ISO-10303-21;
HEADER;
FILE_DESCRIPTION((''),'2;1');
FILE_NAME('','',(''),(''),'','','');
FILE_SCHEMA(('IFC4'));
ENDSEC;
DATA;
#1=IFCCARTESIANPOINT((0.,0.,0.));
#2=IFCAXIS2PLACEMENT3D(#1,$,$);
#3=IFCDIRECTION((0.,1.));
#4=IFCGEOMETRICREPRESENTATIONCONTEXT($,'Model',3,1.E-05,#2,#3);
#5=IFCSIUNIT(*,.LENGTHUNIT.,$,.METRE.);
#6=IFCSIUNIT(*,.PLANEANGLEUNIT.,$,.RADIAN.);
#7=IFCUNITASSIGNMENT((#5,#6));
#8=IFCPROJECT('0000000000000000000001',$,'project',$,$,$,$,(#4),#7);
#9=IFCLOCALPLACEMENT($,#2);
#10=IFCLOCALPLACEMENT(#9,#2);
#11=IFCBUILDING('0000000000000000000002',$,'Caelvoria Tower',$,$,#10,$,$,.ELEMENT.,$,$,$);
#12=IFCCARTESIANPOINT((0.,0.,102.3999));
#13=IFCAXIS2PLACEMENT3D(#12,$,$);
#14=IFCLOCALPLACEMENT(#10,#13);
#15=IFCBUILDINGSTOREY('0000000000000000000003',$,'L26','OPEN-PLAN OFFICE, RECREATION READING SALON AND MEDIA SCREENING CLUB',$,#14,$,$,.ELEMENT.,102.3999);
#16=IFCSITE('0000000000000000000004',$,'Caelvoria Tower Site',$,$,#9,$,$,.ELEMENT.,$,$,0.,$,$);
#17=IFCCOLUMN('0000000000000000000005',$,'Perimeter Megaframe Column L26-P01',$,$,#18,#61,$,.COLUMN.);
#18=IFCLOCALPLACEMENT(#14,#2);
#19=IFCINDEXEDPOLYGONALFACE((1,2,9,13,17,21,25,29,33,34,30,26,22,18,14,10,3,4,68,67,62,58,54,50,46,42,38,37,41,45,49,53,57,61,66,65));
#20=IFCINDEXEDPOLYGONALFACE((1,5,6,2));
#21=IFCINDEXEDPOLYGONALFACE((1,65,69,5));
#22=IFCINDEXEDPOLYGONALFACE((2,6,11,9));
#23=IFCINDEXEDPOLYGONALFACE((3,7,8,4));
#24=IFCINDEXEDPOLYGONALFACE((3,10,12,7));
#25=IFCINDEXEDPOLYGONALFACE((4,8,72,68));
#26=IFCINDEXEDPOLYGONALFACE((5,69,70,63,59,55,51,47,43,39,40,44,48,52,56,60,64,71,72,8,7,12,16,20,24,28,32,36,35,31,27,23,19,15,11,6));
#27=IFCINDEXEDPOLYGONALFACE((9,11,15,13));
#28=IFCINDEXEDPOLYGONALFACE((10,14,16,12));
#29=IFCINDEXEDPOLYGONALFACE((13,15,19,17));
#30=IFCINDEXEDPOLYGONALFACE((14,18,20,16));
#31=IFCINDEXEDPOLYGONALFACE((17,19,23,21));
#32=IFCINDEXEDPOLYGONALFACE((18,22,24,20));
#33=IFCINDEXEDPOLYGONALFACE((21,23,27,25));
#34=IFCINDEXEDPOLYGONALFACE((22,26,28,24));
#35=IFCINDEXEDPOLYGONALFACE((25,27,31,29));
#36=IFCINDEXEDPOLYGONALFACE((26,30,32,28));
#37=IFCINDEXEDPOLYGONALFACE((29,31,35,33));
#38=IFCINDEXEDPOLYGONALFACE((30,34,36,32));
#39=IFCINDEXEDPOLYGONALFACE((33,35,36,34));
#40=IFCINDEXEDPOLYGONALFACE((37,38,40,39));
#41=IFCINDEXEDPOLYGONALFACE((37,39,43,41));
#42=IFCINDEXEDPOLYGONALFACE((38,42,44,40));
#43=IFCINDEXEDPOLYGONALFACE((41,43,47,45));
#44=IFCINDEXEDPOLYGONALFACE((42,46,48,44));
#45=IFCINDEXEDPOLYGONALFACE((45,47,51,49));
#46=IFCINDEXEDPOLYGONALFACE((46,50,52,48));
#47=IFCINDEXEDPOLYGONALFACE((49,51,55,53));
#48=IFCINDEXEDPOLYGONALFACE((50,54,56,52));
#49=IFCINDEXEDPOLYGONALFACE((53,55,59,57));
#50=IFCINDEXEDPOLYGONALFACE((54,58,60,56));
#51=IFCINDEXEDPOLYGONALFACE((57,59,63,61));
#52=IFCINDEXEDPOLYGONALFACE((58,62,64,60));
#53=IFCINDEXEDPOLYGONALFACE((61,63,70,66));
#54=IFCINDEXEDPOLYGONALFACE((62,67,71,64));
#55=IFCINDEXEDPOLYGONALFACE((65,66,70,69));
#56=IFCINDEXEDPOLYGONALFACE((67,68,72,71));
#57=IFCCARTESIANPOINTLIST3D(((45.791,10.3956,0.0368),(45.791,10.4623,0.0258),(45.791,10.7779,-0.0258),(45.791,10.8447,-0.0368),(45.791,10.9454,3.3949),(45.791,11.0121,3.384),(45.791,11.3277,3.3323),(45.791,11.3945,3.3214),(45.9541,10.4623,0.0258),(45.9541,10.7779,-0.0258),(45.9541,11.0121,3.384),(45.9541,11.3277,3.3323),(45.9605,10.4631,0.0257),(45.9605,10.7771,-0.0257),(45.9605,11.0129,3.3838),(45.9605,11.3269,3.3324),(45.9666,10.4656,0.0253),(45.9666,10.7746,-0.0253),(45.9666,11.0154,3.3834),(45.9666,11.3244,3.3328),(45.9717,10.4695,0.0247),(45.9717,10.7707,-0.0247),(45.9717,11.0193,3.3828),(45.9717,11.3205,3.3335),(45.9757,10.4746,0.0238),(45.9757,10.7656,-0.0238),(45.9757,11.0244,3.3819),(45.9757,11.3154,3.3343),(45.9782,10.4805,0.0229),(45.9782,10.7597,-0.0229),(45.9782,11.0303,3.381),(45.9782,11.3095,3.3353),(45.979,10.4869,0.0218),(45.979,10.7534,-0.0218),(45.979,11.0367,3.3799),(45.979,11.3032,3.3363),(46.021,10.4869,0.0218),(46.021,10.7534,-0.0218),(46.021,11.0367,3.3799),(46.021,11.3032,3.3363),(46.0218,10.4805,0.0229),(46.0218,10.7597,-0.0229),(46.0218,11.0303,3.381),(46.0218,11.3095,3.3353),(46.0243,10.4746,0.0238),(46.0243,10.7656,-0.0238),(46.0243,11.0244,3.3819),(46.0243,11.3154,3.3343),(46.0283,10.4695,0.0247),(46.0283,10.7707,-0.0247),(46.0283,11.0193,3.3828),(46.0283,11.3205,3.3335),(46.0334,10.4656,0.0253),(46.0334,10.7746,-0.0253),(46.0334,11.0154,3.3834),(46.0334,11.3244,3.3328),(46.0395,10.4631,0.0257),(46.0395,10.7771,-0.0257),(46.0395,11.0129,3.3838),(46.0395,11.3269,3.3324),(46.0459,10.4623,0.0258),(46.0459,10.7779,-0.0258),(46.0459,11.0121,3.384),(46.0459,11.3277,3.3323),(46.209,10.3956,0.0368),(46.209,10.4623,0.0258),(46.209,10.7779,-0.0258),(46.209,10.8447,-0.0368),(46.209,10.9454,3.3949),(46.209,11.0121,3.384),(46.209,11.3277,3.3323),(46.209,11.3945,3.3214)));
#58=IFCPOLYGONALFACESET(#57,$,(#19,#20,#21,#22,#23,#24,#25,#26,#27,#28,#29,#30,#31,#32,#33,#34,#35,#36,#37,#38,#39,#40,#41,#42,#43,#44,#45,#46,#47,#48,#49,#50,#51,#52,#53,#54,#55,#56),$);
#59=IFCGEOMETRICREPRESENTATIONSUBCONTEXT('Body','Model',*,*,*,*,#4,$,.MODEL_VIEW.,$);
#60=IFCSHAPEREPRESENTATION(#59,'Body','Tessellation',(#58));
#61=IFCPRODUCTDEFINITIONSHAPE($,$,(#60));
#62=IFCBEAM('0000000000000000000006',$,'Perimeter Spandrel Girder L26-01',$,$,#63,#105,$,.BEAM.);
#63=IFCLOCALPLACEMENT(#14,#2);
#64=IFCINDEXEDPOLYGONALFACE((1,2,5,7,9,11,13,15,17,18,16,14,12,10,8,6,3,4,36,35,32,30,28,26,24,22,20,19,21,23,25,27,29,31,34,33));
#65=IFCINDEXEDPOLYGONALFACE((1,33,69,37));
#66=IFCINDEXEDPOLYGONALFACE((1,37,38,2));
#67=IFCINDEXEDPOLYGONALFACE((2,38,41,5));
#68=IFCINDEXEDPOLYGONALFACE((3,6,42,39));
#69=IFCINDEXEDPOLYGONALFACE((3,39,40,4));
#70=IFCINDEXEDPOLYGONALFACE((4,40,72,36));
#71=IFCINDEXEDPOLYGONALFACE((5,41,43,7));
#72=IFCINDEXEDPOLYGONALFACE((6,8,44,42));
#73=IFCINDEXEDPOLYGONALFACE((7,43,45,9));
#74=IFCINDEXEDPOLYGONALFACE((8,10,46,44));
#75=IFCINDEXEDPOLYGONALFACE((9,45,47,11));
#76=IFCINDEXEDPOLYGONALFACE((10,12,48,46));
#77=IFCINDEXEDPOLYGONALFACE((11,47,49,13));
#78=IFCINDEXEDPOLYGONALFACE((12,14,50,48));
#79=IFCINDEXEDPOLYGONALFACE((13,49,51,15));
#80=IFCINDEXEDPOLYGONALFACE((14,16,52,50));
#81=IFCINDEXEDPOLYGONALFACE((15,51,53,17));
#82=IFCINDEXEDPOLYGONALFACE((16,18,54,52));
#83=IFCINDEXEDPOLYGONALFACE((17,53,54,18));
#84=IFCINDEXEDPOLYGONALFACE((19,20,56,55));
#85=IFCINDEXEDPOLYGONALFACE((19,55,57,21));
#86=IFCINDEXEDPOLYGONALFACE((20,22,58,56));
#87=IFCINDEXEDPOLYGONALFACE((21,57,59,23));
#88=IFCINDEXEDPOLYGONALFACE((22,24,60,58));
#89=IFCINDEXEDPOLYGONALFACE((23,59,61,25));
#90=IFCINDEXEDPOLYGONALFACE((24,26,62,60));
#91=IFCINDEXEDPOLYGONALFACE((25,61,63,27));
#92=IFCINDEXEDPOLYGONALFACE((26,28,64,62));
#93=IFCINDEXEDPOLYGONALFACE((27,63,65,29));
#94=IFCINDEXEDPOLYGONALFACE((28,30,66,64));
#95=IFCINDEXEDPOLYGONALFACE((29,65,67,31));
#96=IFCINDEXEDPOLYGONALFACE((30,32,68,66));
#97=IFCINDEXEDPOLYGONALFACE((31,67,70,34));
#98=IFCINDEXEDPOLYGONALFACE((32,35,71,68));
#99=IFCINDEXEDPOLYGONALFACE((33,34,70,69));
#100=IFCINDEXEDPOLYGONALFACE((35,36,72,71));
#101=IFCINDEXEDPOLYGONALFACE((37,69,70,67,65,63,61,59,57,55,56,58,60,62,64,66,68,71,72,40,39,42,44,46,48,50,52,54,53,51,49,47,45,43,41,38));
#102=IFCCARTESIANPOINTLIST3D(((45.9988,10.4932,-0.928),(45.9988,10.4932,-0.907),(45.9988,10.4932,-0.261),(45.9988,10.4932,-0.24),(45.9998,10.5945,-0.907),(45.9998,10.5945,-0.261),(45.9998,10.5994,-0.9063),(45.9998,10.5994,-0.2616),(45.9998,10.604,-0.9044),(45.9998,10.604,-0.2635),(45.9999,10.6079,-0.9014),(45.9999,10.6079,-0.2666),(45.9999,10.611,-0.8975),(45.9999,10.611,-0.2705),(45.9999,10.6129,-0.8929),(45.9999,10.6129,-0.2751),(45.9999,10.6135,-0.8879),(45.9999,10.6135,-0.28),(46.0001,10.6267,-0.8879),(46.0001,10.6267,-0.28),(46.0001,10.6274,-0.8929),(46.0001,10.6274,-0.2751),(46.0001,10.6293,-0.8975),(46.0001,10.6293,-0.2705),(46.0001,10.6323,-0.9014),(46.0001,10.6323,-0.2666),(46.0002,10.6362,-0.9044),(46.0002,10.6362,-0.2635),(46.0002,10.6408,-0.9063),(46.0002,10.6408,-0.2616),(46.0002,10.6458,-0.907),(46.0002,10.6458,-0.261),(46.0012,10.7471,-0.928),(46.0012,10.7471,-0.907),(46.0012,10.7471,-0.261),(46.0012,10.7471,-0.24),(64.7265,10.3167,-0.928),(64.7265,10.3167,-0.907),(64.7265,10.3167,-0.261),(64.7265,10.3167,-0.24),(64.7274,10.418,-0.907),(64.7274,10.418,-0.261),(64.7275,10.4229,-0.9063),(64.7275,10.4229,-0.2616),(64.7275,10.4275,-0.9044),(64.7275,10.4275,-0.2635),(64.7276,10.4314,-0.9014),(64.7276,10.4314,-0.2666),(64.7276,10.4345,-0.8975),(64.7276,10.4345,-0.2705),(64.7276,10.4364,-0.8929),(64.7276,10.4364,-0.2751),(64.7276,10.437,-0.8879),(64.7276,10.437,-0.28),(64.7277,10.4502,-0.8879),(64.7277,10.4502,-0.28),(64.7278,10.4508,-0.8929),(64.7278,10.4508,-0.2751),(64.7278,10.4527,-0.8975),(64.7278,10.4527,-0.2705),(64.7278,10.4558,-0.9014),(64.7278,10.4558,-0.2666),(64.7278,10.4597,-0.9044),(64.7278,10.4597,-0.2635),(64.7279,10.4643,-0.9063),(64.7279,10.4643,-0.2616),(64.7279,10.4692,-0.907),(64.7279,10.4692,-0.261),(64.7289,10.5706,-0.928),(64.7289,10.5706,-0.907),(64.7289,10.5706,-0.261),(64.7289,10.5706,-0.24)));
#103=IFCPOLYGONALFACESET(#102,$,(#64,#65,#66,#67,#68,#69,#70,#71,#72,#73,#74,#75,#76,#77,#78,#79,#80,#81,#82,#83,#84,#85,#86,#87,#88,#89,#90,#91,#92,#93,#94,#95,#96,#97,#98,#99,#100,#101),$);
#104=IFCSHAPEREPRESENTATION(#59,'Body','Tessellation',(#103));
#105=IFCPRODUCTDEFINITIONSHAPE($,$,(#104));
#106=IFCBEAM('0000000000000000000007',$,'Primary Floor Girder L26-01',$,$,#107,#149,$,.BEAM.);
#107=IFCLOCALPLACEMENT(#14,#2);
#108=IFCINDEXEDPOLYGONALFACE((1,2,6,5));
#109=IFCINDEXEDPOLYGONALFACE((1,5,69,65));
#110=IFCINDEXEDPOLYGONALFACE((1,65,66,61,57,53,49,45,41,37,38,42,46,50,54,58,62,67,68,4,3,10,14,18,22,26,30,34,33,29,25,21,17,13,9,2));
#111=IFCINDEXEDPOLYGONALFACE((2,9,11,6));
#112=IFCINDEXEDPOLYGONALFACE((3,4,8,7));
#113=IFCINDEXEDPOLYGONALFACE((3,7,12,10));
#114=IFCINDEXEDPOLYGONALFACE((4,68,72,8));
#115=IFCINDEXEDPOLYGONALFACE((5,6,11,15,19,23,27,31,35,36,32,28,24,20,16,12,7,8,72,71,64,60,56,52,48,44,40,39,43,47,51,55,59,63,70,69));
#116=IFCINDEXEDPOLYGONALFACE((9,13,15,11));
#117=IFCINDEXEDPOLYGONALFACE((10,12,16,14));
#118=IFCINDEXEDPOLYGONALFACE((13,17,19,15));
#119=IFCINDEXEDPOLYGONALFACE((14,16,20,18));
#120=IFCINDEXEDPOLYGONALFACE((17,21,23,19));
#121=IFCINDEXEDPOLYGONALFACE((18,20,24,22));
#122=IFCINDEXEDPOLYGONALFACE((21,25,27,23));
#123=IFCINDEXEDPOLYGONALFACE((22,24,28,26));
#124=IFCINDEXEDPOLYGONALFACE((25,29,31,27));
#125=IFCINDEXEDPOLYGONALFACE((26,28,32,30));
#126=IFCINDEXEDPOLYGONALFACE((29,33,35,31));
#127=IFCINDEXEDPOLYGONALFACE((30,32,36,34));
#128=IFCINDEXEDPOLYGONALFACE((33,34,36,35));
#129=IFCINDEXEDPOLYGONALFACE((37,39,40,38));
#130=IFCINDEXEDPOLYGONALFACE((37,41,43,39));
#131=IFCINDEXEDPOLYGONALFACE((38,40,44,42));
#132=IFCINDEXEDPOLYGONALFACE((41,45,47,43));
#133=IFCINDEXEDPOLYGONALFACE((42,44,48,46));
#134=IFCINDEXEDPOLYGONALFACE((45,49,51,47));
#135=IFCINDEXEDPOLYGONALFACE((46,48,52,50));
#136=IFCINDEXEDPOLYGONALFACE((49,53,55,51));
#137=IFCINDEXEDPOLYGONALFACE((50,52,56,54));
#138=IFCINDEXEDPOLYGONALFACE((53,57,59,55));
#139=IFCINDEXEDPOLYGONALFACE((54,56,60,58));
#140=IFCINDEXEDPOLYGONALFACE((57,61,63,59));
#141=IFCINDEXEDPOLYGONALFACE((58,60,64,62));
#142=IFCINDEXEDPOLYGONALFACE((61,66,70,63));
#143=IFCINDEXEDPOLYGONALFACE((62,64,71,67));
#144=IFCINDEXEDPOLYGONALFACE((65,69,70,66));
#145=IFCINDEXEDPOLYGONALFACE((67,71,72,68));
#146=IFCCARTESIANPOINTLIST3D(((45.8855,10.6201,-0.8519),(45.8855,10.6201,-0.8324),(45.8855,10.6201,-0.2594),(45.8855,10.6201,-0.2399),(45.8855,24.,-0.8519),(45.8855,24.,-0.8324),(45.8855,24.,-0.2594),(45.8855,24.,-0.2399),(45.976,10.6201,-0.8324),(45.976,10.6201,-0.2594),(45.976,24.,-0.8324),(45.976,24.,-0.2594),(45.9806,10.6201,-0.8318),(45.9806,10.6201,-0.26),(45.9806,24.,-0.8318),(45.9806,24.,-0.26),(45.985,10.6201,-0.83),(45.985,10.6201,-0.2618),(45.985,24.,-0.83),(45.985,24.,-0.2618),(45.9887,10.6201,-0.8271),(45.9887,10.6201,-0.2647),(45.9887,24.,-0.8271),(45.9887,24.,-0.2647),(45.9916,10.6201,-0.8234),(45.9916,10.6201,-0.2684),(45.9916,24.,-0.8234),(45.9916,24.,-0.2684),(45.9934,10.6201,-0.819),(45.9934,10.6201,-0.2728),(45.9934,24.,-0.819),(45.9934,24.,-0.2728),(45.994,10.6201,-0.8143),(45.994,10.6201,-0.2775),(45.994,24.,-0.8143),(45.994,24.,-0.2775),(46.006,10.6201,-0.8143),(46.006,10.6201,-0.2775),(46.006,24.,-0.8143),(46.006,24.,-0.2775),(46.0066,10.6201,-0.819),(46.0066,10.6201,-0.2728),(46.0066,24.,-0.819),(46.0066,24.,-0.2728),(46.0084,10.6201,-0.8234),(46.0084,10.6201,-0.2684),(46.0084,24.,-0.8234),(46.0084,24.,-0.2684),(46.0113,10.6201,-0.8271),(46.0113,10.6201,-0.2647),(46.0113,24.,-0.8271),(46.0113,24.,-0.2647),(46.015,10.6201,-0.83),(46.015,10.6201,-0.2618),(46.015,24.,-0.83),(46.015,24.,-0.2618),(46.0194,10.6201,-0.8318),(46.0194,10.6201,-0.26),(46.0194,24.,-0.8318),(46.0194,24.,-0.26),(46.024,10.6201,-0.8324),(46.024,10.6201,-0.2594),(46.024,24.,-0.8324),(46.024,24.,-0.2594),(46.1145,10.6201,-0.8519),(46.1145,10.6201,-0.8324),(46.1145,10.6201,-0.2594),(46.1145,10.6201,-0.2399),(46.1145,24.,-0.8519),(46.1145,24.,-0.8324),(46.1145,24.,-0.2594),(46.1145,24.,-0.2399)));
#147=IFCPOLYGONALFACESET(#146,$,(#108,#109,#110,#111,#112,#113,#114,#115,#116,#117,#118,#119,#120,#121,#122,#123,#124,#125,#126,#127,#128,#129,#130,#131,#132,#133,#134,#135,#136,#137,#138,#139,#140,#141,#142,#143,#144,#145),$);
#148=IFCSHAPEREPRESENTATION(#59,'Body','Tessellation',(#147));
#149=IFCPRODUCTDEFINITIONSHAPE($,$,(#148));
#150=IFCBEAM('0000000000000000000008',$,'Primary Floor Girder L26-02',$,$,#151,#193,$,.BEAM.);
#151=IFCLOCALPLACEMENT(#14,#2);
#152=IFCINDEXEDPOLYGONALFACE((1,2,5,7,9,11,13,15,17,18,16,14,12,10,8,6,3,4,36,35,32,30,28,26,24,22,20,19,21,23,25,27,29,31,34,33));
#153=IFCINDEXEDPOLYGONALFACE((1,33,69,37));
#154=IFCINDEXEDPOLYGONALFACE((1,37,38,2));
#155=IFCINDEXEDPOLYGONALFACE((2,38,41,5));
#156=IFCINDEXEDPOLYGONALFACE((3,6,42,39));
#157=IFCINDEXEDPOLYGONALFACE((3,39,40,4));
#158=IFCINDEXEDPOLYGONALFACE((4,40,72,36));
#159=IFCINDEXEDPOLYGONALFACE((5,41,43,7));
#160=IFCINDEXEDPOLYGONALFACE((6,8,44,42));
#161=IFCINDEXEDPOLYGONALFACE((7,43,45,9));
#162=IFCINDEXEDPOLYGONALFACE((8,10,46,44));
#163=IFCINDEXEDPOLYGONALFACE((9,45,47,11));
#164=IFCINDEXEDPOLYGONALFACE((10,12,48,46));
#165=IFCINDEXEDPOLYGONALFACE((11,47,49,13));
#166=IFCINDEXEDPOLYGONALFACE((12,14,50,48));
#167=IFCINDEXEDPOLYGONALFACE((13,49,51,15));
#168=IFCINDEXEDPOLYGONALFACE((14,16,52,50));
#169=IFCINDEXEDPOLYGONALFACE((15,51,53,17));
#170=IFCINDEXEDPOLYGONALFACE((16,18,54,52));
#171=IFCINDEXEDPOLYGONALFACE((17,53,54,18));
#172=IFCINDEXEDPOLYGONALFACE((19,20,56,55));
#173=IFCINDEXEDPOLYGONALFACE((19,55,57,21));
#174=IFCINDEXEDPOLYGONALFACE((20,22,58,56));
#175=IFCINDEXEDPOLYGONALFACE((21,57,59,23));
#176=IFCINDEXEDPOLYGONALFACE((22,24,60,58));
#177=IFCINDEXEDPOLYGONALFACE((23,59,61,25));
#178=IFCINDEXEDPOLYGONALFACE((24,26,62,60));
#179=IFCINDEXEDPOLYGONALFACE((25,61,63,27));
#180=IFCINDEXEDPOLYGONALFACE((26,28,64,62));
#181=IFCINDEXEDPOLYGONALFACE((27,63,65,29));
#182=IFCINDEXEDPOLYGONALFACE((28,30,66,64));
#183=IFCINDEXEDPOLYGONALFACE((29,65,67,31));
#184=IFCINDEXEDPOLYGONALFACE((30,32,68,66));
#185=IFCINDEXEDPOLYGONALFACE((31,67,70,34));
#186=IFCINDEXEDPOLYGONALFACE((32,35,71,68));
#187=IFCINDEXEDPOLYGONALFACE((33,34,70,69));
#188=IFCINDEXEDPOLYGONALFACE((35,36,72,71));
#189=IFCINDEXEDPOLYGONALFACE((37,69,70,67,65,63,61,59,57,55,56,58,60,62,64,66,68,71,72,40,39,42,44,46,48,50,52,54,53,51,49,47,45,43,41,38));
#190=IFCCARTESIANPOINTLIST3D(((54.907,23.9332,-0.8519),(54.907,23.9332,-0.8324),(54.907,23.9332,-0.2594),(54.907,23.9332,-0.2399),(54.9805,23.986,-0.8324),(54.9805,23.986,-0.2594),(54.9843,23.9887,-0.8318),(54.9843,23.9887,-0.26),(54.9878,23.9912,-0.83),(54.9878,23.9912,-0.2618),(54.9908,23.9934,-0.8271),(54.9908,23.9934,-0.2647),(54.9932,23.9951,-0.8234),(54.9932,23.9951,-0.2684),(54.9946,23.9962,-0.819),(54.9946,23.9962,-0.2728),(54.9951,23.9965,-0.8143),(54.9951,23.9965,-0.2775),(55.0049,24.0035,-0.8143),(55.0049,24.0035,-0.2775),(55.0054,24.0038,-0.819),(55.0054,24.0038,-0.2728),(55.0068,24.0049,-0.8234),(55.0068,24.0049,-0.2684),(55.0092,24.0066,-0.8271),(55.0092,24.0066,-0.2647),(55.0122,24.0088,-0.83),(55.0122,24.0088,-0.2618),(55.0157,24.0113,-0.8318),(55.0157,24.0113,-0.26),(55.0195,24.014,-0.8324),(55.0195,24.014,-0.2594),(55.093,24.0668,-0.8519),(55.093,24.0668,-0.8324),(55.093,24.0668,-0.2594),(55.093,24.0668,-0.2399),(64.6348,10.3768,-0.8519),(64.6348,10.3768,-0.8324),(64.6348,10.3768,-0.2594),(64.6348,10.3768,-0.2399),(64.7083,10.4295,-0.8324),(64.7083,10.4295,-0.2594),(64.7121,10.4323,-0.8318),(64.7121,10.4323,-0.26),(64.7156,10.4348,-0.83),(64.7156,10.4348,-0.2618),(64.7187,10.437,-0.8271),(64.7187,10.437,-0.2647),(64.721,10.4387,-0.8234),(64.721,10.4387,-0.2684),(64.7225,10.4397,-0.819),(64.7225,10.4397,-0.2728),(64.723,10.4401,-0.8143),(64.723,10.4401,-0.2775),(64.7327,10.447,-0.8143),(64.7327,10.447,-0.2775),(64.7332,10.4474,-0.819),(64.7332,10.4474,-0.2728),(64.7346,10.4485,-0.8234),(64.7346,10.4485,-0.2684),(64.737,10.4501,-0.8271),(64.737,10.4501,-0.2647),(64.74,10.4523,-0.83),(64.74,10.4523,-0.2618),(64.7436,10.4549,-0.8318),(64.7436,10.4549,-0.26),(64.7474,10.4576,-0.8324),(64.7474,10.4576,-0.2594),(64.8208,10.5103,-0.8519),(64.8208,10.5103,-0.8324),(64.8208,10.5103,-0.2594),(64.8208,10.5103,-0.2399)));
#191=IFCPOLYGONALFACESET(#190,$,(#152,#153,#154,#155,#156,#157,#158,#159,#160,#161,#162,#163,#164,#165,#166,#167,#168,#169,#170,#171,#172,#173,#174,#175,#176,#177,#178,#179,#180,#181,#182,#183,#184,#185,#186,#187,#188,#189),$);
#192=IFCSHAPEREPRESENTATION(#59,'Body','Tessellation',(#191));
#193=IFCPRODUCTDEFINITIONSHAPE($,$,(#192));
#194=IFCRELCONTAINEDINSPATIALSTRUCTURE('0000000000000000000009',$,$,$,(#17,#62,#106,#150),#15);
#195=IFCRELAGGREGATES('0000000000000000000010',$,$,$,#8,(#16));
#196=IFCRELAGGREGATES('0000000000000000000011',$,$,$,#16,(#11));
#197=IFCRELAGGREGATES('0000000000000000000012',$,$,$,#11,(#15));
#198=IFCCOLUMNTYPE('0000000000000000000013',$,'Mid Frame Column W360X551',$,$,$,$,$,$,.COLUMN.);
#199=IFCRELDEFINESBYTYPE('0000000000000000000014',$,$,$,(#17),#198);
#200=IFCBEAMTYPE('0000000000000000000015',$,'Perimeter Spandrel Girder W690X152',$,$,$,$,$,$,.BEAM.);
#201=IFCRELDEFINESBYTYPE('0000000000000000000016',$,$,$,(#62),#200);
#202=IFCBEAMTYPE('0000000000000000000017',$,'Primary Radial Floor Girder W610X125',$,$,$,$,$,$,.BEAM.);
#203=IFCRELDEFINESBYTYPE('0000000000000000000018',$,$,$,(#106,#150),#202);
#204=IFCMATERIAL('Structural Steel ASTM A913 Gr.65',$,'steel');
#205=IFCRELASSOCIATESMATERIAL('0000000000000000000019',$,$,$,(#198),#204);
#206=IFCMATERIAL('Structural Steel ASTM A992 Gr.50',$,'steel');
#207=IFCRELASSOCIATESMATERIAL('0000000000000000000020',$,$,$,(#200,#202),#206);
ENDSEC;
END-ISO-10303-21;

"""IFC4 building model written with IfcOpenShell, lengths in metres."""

from ifc_helpers import new_model, si_unit, direction, frame, origin, origin_2d, place, context, subcontext, project, spatial, i_section, extrude, material, material_profile, profile_set, type_object, element, save


model = new_model("IFC4")

# Units and contexts
model_context = context("Model", 3, precision=1e-05, world=origin(), true_north=direction((0.0, 1.0)))
body_context = subcontext(model_context, "Body", "Model", "MODEL_VIEW")
ifc_project = project(units=[si_unit("LENGTHUNIT", "METRE"), si_unit("PLANEANGLEUNIT", "RADIAN")], contexts=[model_context])

# Site, building, storey
site_placement = place(None, origin())
site = spatial("IfcSite", under=ifc_project, at=site_placement, Name="Caelvoria Tower Site", CompositionType="ELEMENT", RefElevation=0.0)
building_placement = place(site_placement, origin())
building = spatial("IfcBuilding", under=site, at=building_placement, Name="Caelvoria Tower", CompositionType="ELEMENT")
storey_placement = place(building_placement, frame((0.0, 0.0, 102.3999)))
storey = spatial("IfcBuildingStorey", under=building, at=storey_placement, Name="L26", Description="OPEN-PLAN OFFICE, RECREATION READING SALON AND MEDIA SCREENING CLUB", CompositionType="ELEMENT", Elevation=102.3999)

# Column
ifc_material_1 = material(Name="Structural Steel ASTM A913 Gr.65", Category="steel")
ifc_material_profile_1 = material_profile(ifc_material_1, i_section(OverallWidth=0.418, OverallDepth=0.4551, WebThickness=0.042, FlangeThickness=0.0676, FilletRadius=0.0249, at=origin_2d()), Name="Structural Steel ASTM A913 Gr.65")
ifc_profile_set_1 = profile_set([ifc_material_profile_1], Name="W360X551 - Structural Steel ASTM A913 Gr.65")
column_type = type_object("IfcColumnType", Name="Mid Frame Column W360X551", PredefinedType="COLUMN", material=ifc_profile_set_1)
column_placement = place(storey_placement, frame((46.0, 10.6201, 0.0), z_axis=(0.0, 0.161571, 0.986861), x_axis=(-1.0, 0.0, 0.0)))
element("IfcColumn", 1, at=column_placement, inside=storey, type_object=column_type, Name="Perimeter Megaframe Column L26-P01", PredefinedType="COLUMN", context=body_context, shape_type="SweptSolid", body=[
    extrude(i_section(OverallWidth=0.418, OverallDepth=0.4551, WebThickness=0.042, FlangeThickness=0.0676, FilletRadius=0.0249, at=origin_2d()), origin(), (0.0, 0.0, 1.0), 3.4028),
])

# Beams
ifc_material_2 = material(Name="Structural Steel ASTM A992 Gr.50", Category="steel")
ifc_material_profile_2 = material_profile(ifc_material_2, i_section(OverallWidth=0.2539, OverallDepth=0.688, WebThickness=0.0132, FlangeThickness=0.021, FilletRadius=0.019, at=origin_2d()), Name="Structural Steel ASTM A992 Gr.50")
ifc_profile_set_2 = profile_set([ifc_material_profile_2], Name="W690X152 - Structural Steel ASTM A992 Gr.50")
beam_type_1 = type_object("IfcBeamType", Name="Perimeter Spandrel Girder W690X152", PredefinedType="BEAM", material=ifc_profile_set_2)
beam_1_placement = place(storey_placement, frame((46.0, 10.6201, -0.584), z_axis=(0.999956, -0.009425, 0.0), x_axis=(0.009425, 0.999956, 0.0)))
element("IfcBeam", 2, at=beam_1_placement, inside=storey, type_object=beam_type_1, Name="Perimeter Spandrel Girder L26-01", PredefinedType="BEAM", context=body_context, shape_type="SweptSolid", body=[
    extrude(i_section(OverallWidth=0.2539, OverallDepth=0.688, WebThickness=0.0132, FlangeThickness=0.021, FilletRadius=0.019, at=origin_2d()), origin(), (0.0, 0.0, 1.0), 18.7285),
])
ifc_material_profile_3 = material_profile(ifc_material_2, i_section(OverallWidth=0.229, OverallDepth=0.6121, WebThickness=0.012, FlangeThickness=0.0195, FilletRadius=0.0181, at=origin_2d()), Name="Structural Steel ASTM A992 Gr.50")
ifc_profile_set_3 = profile_set([ifc_material_profile_3], Name="W610X125 - Structural Steel ASTM A992 Gr.50")
beam_type_2 = type_object("IfcBeamType", Name="Primary Radial Floor Girder W610X125", PredefinedType="BEAM", material=ifc_profile_set_3)
beam_2_placement = place(storey_placement, frame((46.0, 24.0, -0.5459), z_axis=(0.0, -1.0, 0.0), x_axis=(1.0, 0.0, 0.0)))
element("IfcBeam", 3, at=beam_2_placement, inside=storey, type_object=beam_type_2, Name="Primary Floor Girder L26-01", PredefinedType="BEAM", context=body_context, shape_type="SweptSolid", body=[
    extrude(i_section(OverallWidth=0.229, OverallDepth=0.6121, WebThickness=0.012, FlangeThickness=0.0195, FilletRadius=0.0181, at=origin_2d()), origin(), (0.0, 0.0, 1.0), 13.3799),
])
beam_3_placement = place(storey_placement, frame((55.0, 24.0, -0.5459), z_axis=(0.583008, -0.812466, 0.0), x_axis=(0.812466, 0.583008, 0.0)))
element("IfcBeam", 4, at=beam_3_placement, inside=storey, type_object=beam_type_2, Name="Primary Floor Girder L26-02", PredefinedType="BEAM", context=body_context, shape_type="SweptSolid", body=[
    extrude(i_section(OverallWidth=0.229, OverallDepth=0.6121, WebThickness=0.012, FlangeThickness=0.0195, FilletRadius=0.0181, at=origin_2d()), origin(), (0.0, 0.0, 1.0), 16.6855),
])

save(model, "model.ifc")
